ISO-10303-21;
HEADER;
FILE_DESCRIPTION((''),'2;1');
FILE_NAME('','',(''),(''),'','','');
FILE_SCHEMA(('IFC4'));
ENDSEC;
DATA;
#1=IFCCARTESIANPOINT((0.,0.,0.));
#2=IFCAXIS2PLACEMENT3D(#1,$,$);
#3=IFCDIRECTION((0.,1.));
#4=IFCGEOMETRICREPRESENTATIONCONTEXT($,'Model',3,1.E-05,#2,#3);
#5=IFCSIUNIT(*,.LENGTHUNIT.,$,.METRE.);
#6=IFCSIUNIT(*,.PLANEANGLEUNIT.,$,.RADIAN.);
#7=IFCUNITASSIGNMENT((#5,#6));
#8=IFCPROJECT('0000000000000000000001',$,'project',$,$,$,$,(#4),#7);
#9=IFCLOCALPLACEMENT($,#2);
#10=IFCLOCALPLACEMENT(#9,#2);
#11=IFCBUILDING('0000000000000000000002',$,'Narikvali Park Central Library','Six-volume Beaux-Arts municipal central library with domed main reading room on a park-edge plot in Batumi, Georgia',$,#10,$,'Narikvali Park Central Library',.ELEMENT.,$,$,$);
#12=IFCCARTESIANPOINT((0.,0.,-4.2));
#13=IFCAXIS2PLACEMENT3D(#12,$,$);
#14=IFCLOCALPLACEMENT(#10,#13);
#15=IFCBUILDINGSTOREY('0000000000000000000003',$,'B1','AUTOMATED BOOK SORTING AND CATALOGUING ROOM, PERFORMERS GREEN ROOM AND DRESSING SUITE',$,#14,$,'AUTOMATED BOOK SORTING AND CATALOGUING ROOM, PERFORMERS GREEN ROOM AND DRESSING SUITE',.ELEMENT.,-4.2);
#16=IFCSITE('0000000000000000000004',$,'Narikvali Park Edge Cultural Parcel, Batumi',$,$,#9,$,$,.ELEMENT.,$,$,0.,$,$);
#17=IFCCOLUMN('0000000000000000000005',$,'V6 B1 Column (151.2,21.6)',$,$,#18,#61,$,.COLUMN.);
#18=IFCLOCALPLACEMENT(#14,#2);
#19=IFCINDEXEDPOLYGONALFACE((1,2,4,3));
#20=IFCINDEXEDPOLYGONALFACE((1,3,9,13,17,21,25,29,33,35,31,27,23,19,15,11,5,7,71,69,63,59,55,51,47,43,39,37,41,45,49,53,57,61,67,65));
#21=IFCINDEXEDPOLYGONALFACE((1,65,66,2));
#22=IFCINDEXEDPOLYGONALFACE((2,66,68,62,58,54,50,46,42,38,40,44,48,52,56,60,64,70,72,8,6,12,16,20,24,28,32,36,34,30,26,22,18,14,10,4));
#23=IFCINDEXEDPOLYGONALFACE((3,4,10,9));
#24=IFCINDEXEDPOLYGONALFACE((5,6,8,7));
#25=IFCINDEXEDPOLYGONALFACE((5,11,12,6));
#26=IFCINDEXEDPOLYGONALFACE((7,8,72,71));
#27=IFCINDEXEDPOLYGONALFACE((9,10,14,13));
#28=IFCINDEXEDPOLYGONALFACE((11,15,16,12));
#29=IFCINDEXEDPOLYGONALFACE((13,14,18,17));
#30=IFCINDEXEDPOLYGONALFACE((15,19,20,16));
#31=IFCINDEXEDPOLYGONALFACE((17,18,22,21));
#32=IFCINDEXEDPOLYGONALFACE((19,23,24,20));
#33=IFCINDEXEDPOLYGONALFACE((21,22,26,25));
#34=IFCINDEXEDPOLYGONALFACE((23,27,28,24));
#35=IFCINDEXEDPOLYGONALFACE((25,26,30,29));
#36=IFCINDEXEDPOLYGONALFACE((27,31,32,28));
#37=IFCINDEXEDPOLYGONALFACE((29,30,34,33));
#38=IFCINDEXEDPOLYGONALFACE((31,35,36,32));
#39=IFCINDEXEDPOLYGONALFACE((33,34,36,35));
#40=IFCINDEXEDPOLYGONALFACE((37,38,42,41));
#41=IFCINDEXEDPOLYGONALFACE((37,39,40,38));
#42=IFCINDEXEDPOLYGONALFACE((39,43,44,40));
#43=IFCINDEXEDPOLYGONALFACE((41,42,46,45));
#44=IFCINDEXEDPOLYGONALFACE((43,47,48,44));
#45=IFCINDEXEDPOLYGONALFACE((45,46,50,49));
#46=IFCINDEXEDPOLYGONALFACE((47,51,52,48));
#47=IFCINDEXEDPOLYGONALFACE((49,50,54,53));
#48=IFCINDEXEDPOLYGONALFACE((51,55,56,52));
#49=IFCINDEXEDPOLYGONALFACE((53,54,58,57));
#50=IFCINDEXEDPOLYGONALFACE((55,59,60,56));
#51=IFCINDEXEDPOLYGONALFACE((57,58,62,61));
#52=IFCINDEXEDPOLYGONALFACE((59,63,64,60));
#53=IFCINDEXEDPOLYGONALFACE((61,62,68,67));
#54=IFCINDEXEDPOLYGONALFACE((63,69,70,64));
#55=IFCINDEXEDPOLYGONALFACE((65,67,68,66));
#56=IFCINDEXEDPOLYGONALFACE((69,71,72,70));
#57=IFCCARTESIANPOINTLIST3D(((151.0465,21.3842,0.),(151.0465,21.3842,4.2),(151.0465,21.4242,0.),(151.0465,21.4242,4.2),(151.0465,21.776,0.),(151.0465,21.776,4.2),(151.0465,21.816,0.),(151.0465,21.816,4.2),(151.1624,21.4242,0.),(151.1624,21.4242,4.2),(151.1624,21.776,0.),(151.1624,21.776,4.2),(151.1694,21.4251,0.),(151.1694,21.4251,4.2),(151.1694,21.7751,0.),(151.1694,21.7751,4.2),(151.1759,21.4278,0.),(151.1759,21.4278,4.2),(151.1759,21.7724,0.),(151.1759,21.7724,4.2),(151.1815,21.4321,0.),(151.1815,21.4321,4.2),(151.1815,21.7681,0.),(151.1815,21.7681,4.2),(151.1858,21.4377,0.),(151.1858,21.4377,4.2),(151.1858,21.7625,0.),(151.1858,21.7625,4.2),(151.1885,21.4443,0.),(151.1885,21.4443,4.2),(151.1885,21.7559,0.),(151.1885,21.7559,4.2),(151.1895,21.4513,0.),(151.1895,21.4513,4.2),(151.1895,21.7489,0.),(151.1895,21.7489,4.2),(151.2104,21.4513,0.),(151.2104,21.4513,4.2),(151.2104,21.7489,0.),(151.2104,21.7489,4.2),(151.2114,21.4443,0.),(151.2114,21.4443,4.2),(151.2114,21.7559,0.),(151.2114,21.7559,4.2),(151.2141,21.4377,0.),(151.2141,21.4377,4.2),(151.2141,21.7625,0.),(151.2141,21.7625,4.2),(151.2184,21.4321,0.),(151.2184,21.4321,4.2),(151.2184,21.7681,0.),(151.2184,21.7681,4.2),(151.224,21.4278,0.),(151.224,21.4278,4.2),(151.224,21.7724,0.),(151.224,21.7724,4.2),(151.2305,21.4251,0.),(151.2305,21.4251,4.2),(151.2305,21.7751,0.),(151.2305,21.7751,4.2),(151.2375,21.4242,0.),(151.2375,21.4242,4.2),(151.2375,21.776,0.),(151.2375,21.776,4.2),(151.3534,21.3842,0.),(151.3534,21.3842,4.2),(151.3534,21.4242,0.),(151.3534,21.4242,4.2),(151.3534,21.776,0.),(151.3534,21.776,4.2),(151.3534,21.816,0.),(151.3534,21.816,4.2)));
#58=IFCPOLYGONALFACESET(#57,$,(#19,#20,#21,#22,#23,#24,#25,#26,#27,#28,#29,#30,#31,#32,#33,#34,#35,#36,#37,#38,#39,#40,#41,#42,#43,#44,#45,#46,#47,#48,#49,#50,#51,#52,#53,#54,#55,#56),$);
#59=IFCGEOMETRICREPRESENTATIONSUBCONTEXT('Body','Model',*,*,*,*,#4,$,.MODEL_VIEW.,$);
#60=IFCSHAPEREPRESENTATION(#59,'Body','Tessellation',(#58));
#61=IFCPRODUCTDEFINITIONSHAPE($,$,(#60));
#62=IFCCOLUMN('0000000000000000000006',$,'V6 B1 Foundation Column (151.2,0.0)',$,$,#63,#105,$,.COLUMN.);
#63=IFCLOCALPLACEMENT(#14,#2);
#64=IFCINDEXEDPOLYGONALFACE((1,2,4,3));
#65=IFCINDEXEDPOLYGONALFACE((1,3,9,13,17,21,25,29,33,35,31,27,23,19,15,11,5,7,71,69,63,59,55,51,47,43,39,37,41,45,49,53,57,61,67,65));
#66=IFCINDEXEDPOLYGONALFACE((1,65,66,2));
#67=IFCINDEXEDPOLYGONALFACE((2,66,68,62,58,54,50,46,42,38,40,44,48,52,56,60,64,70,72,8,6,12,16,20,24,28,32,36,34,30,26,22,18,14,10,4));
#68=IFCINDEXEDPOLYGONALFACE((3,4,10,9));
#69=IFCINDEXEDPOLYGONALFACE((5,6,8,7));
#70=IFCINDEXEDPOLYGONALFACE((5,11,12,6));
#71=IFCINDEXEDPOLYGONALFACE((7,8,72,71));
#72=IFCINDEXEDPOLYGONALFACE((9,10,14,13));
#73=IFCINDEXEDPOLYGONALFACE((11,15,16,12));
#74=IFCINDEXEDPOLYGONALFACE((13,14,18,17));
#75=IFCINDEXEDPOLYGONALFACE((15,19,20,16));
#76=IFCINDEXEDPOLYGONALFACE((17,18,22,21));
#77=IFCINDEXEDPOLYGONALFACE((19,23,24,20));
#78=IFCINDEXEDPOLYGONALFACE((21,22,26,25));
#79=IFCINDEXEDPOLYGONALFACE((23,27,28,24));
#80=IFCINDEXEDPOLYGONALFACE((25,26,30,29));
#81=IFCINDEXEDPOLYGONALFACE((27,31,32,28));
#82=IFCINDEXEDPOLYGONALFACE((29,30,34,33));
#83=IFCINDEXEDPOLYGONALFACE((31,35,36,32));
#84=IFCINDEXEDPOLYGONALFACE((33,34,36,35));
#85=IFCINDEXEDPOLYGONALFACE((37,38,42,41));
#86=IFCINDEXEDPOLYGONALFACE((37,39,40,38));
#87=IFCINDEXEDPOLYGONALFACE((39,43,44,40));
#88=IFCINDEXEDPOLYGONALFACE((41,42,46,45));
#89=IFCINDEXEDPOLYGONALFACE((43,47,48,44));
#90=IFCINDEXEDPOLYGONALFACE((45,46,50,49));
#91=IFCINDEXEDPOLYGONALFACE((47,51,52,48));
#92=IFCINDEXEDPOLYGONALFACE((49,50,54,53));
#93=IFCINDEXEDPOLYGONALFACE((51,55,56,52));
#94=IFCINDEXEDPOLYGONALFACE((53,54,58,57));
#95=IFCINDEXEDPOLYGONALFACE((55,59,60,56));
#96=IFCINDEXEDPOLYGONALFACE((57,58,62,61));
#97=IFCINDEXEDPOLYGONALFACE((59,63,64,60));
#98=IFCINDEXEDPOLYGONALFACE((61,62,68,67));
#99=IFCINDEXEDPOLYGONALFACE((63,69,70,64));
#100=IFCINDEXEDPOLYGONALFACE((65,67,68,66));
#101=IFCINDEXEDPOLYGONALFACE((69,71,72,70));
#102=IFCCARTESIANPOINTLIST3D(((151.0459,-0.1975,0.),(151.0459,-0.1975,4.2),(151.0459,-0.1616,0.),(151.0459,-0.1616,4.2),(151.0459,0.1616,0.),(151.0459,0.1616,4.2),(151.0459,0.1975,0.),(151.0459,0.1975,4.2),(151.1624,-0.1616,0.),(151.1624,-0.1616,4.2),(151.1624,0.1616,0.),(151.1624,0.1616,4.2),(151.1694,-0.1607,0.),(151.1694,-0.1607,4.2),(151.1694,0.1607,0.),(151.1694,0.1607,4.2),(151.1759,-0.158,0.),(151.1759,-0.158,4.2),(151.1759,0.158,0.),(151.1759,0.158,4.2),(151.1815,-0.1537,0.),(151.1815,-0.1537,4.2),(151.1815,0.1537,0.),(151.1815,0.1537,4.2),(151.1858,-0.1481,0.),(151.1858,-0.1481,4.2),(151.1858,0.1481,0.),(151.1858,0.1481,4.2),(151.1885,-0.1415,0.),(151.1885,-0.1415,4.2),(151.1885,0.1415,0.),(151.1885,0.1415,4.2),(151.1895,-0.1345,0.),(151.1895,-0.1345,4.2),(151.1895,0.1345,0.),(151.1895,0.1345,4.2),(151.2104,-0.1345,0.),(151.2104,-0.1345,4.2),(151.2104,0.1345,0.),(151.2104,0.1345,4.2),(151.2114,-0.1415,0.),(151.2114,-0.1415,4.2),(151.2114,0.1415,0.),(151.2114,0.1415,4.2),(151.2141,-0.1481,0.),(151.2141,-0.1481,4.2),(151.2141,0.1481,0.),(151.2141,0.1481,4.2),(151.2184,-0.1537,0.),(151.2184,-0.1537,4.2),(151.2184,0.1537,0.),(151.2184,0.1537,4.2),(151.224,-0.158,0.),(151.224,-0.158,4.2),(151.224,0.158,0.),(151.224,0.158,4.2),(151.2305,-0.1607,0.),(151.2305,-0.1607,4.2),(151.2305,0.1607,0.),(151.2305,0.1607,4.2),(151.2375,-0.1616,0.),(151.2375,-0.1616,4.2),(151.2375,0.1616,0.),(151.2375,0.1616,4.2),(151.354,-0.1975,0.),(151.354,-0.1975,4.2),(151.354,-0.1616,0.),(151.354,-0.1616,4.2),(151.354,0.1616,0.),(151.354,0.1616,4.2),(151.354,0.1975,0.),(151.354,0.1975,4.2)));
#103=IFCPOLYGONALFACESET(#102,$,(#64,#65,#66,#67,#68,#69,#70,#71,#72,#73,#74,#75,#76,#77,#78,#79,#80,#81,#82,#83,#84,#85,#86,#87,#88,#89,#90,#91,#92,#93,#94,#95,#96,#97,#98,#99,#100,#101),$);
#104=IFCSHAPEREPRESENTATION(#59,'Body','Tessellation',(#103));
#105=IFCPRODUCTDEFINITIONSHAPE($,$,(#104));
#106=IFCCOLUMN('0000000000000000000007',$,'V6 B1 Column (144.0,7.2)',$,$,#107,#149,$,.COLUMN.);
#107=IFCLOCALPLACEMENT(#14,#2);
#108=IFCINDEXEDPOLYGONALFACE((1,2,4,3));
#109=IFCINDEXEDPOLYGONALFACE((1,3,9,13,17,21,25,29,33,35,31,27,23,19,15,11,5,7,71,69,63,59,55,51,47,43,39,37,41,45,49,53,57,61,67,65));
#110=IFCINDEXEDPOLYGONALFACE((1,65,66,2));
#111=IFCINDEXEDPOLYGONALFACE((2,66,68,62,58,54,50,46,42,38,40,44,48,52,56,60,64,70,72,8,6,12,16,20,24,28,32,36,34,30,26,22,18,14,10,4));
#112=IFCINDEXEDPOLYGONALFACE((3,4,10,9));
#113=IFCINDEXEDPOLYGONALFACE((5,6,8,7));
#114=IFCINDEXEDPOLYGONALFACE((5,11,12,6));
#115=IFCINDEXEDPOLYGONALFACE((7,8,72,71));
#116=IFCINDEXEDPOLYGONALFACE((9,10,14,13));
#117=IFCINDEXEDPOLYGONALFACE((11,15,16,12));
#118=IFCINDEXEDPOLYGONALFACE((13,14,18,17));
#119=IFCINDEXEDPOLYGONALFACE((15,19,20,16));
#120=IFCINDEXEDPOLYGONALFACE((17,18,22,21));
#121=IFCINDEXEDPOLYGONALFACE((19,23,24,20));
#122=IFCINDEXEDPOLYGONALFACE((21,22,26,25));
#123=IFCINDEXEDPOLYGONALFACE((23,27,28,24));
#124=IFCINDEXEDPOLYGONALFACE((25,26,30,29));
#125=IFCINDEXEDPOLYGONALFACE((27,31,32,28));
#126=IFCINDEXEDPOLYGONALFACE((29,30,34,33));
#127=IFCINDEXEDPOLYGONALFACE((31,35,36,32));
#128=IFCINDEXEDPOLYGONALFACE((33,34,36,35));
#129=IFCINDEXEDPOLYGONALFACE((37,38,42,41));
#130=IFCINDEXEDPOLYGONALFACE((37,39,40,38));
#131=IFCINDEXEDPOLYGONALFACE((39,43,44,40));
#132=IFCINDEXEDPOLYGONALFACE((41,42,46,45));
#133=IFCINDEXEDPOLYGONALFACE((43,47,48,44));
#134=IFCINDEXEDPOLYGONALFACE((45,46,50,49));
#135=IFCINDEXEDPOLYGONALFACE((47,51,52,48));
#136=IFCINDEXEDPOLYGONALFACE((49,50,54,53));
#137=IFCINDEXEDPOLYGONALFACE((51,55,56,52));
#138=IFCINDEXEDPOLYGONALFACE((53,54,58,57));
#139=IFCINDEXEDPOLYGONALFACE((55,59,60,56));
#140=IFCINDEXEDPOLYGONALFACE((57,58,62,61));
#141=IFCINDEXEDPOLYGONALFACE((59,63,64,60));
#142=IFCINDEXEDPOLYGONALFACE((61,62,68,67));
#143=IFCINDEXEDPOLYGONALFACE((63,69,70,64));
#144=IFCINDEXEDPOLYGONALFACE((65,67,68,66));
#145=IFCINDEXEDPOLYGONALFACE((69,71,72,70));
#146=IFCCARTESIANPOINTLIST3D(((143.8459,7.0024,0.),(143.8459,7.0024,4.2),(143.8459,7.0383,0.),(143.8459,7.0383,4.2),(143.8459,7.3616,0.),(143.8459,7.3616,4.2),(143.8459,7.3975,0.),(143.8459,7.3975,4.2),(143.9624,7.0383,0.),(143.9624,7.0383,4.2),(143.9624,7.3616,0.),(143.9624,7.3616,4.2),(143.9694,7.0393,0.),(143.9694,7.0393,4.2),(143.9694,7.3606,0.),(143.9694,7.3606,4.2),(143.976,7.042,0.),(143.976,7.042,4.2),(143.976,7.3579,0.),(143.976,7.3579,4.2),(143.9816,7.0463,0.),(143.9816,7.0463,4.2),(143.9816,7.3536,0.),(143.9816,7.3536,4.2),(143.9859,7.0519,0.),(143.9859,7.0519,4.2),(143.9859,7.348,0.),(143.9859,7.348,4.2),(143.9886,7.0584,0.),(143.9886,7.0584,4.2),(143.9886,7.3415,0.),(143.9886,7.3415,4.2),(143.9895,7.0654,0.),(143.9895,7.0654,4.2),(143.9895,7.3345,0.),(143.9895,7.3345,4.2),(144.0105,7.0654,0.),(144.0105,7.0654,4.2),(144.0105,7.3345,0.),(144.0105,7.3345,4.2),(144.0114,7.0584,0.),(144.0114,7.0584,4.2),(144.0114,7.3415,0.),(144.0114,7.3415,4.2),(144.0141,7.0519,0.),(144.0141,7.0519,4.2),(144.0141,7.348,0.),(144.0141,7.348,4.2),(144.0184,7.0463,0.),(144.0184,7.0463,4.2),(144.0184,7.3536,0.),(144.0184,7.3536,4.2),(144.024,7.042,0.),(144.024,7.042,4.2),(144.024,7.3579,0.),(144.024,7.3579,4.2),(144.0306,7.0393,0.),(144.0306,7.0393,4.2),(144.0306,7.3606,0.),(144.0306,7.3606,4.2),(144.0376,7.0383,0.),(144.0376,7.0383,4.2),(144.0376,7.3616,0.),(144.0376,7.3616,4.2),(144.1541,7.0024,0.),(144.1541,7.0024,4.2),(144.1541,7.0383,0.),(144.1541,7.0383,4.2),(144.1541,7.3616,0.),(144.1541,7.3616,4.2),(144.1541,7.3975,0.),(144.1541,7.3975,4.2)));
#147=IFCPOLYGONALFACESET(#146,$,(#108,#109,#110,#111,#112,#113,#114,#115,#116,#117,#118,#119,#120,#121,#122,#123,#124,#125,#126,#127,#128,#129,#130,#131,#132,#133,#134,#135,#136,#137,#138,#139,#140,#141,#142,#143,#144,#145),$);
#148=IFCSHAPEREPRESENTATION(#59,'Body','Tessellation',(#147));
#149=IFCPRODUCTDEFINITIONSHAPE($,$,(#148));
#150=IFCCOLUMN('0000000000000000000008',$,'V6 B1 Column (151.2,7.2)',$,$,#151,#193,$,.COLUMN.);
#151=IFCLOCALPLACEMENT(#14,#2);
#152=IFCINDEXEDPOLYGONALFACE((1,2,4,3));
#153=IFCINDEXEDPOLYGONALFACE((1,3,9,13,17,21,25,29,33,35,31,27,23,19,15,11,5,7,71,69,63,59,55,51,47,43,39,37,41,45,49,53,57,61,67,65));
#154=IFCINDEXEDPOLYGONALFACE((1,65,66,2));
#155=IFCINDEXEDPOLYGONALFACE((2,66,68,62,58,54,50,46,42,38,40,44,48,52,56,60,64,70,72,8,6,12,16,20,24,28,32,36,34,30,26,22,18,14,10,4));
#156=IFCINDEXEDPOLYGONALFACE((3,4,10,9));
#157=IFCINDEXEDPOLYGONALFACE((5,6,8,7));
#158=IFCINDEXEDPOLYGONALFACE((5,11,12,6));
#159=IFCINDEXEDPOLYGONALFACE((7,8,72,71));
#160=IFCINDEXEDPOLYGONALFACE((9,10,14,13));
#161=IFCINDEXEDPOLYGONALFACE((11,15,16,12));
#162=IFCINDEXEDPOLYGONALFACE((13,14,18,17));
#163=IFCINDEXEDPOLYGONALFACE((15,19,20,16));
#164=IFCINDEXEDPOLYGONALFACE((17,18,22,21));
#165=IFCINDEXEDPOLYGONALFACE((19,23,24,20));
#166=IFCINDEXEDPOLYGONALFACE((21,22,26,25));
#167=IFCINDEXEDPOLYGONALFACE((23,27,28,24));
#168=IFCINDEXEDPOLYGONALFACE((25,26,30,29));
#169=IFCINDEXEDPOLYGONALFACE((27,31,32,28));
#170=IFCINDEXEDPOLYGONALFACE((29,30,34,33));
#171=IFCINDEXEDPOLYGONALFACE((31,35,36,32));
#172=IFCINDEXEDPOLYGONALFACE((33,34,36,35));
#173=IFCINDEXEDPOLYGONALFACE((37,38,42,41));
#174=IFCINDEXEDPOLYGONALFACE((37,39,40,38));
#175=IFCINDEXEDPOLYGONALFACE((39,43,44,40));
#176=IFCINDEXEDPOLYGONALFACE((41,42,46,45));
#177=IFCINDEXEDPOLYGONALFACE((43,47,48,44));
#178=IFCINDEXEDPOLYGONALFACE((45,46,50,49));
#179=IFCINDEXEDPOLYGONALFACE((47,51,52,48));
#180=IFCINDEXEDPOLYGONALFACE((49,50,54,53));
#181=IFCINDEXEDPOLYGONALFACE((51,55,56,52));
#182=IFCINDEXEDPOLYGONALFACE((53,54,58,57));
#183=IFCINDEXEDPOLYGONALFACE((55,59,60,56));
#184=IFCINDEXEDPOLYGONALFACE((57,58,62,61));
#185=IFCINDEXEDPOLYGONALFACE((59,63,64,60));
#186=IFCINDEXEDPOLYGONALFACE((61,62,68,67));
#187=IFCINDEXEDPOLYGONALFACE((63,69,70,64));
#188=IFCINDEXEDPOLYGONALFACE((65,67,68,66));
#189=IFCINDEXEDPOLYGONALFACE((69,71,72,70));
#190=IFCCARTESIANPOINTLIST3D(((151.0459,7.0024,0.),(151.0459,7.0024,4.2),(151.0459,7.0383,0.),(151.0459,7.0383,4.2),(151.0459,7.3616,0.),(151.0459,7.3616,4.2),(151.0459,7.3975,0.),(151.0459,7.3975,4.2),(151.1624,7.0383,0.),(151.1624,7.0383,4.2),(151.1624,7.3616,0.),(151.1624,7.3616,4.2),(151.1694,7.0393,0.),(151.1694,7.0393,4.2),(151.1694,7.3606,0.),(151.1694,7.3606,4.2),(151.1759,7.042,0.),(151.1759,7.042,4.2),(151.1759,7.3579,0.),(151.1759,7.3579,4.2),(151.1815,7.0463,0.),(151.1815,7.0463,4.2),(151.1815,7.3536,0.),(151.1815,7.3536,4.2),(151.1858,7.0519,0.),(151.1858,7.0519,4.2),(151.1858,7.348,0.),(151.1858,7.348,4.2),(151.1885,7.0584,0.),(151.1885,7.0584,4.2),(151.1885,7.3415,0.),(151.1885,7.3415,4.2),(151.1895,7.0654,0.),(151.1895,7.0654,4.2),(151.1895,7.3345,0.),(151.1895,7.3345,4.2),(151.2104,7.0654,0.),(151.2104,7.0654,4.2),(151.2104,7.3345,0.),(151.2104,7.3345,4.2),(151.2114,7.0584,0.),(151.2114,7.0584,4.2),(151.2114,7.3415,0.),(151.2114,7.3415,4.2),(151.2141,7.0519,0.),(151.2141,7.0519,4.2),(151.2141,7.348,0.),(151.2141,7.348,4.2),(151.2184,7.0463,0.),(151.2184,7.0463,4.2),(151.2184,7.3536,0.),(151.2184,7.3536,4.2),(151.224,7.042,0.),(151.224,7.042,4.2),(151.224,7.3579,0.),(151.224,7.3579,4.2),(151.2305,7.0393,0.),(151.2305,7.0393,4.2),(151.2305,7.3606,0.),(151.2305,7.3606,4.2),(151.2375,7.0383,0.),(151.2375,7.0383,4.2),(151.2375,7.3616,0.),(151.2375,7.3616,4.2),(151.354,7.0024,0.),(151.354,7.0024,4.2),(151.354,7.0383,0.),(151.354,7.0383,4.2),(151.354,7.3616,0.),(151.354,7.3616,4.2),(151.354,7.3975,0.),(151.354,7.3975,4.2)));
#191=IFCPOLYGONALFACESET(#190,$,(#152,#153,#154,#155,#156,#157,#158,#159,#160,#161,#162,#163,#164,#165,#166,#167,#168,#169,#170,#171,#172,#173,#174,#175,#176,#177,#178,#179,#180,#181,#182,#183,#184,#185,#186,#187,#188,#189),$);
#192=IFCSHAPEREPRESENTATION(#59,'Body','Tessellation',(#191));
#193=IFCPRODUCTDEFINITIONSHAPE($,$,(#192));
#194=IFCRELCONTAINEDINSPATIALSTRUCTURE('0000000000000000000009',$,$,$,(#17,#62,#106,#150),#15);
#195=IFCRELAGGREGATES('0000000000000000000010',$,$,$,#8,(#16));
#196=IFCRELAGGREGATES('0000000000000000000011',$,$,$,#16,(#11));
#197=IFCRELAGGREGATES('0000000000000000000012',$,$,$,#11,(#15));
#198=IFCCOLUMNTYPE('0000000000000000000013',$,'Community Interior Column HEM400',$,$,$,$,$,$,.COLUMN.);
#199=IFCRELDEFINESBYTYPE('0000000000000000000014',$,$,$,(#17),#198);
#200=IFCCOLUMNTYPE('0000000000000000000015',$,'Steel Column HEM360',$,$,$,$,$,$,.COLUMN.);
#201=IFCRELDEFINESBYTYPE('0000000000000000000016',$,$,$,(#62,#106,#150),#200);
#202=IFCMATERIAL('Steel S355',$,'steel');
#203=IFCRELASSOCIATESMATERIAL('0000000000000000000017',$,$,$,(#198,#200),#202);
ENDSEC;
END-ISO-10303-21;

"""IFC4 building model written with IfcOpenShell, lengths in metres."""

from ifc_helpers import new_model, si_unit, direction, frame, origin, origin_2d, place, context, subcontext, project, spatial, i_section, extrude, material, material_profile, profile_set, type_object, element, save


model = new_model("IFC4")

# Units and contexts
model_context = context("Model", 3, precision=1e-05, world=origin(), true_north=direction((0.0, 1.0)))
body_context = subcontext(model_context, "Body", "Model", "MODEL_VIEW")
ifc_project = project(units=[si_unit("LENGTHUNIT", "METRE"), si_unit("PLANEANGLEUNIT", "RADIAN")], contexts=[model_context])

# Site, building, storey
site_placement = place(None, origin())
site = spatial("IfcSite", under=ifc_project, at=site_placement, Name="Narikvali Park Edge Cultural Parcel, Batumi", CompositionType="ELEMENT", RefElevation=0.0)
building_placement = place(site_placement, origin())
building = spatial("IfcBuilding", under=site, at=building_placement, Name="Narikvali Park Central Library", Description="Six-volume Beaux-Arts municipal central library with domed main reading room on a park-edge plot in Batumi, Georgia", LongName="Narikvali Park Central Library", CompositionType="ELEMENT")
storey_placement = place(building_placement, frame((0.0, 0.0, -4.2)))
storey = spatial("IfcBuildingStorey", under=building, at=storey_placement, Name="B1", Description="AUTOMATED BOOK SORTING AND CATALOGUING ROOM, PERFORMERS GREEN ROOM AND DRESSING SUITE", LongName="AUTOMATED BOOK SORTING AND CATALOGUING ROOM, PERFORMERS GREEN ROOM AND DRESSING SUITE", CompositionType="ELEMENT", Elevation=-4.2)

# Columns
ifc_material_1 = material(Name="Steel S355", Category="steel")
ifc_material_profile_1 = material_profile(ifc_material_1, i_section(OverallWidth=0.3069, OverallDepth=0.4319, WebThickness=0.021, FlangeThickness=0.04, FilletRadius=0.0271, at=origin_2d()), Name="HEM 400")
ifc_profile_set_1 = profile_set([ifc_material_profile_1], Name="Steel S355")
column_type_1 = type_object("IfcColumnType", Name="Community Interior Column HEM400", PredefinedType="COLUMN", material=ifc_profile_set_1)
for number, where, z_axis, x_axis, name in (
    (1, (151.2, 21.6001, 0.0), (0.0, 0.0, 1.0), (1.0, 0.0, 0.0), "V6 B1 Column (151.2,21.6)"),
):
    element("IfcColumn", number, at=place(storey_placement, frame(where, z_axis=z_axis, x_axis=x_axis)), inside=storey, type_object=column_type_1, Name=name, PredefinedType="COLUMN", context=body_context, shape_type="SweptSolid", body=[
        extrude(i_section(OverallWidth=0.3069, OverallDepth=0.4319, WebThickness=0.021, FlangeThickness=0.04, FilletRadius=0.0271, at=origin_2d()), origin(), (0.0, 0.0, 1.0), 4.2),
    ])
ifc_material_profile_2 = material_profile(ifc_material_1, i_section(OverallWidth=0.3081, OverallDepth=0.395, WebThickness=0.021, FlangeThickness=0.0359, FilletRadius=0.0271, at=origin_2d()), Name="HEM 360")
ifc_profile_set_2 = profile_set([ifc_material_profile_2], Name="Steel S355")
column_type_2 = type_object("IfcColumnType", Name="Steel Column HEM360", PredefinedType="COLUMN", material=ifc_profile_set_2)
for number, where, z_axis, x_axis, name in (
    (2, (151.2, 0.0, 0.0), (0.0, 0.0, 1.0), (1.0, 0.0, 0.0), "V6 B1 Foundation Column (151.2,0.0)"),
    (3, (144.0, 7.2, 0.0), (0.0, 0.0, 1.0), (1.0, 0.0, 0.0), "V6 B1 Column (144.0,7.2)"),
    (4, (151.2, 7.2, 0.0), (0.0, 0.0, 1.0), (1.0, 0.0, 0.0), "V6 B1 Column (151.2,7.2)"),
):
    element("IfcColumn", number, at=place(storey_placement, frame(where, z_axis=z_axis, x_axis=x_axis)), inside=storey, type_object=column_type_2, Name=name, PredefinedType="COLUMN", context=body_context, shape_type="SweptSolid", body=[
        extrude(i_section(OverallWidth=0.3081, OverallDepth=0.395, WebThickness=0.021, FlangeThickness=0.0359, FilletRadius=0.0271, at=origin_2d()), origin(), (0.0, 0.0, 1.0), 4.2),
    ])

save(model, "model.ifc")
